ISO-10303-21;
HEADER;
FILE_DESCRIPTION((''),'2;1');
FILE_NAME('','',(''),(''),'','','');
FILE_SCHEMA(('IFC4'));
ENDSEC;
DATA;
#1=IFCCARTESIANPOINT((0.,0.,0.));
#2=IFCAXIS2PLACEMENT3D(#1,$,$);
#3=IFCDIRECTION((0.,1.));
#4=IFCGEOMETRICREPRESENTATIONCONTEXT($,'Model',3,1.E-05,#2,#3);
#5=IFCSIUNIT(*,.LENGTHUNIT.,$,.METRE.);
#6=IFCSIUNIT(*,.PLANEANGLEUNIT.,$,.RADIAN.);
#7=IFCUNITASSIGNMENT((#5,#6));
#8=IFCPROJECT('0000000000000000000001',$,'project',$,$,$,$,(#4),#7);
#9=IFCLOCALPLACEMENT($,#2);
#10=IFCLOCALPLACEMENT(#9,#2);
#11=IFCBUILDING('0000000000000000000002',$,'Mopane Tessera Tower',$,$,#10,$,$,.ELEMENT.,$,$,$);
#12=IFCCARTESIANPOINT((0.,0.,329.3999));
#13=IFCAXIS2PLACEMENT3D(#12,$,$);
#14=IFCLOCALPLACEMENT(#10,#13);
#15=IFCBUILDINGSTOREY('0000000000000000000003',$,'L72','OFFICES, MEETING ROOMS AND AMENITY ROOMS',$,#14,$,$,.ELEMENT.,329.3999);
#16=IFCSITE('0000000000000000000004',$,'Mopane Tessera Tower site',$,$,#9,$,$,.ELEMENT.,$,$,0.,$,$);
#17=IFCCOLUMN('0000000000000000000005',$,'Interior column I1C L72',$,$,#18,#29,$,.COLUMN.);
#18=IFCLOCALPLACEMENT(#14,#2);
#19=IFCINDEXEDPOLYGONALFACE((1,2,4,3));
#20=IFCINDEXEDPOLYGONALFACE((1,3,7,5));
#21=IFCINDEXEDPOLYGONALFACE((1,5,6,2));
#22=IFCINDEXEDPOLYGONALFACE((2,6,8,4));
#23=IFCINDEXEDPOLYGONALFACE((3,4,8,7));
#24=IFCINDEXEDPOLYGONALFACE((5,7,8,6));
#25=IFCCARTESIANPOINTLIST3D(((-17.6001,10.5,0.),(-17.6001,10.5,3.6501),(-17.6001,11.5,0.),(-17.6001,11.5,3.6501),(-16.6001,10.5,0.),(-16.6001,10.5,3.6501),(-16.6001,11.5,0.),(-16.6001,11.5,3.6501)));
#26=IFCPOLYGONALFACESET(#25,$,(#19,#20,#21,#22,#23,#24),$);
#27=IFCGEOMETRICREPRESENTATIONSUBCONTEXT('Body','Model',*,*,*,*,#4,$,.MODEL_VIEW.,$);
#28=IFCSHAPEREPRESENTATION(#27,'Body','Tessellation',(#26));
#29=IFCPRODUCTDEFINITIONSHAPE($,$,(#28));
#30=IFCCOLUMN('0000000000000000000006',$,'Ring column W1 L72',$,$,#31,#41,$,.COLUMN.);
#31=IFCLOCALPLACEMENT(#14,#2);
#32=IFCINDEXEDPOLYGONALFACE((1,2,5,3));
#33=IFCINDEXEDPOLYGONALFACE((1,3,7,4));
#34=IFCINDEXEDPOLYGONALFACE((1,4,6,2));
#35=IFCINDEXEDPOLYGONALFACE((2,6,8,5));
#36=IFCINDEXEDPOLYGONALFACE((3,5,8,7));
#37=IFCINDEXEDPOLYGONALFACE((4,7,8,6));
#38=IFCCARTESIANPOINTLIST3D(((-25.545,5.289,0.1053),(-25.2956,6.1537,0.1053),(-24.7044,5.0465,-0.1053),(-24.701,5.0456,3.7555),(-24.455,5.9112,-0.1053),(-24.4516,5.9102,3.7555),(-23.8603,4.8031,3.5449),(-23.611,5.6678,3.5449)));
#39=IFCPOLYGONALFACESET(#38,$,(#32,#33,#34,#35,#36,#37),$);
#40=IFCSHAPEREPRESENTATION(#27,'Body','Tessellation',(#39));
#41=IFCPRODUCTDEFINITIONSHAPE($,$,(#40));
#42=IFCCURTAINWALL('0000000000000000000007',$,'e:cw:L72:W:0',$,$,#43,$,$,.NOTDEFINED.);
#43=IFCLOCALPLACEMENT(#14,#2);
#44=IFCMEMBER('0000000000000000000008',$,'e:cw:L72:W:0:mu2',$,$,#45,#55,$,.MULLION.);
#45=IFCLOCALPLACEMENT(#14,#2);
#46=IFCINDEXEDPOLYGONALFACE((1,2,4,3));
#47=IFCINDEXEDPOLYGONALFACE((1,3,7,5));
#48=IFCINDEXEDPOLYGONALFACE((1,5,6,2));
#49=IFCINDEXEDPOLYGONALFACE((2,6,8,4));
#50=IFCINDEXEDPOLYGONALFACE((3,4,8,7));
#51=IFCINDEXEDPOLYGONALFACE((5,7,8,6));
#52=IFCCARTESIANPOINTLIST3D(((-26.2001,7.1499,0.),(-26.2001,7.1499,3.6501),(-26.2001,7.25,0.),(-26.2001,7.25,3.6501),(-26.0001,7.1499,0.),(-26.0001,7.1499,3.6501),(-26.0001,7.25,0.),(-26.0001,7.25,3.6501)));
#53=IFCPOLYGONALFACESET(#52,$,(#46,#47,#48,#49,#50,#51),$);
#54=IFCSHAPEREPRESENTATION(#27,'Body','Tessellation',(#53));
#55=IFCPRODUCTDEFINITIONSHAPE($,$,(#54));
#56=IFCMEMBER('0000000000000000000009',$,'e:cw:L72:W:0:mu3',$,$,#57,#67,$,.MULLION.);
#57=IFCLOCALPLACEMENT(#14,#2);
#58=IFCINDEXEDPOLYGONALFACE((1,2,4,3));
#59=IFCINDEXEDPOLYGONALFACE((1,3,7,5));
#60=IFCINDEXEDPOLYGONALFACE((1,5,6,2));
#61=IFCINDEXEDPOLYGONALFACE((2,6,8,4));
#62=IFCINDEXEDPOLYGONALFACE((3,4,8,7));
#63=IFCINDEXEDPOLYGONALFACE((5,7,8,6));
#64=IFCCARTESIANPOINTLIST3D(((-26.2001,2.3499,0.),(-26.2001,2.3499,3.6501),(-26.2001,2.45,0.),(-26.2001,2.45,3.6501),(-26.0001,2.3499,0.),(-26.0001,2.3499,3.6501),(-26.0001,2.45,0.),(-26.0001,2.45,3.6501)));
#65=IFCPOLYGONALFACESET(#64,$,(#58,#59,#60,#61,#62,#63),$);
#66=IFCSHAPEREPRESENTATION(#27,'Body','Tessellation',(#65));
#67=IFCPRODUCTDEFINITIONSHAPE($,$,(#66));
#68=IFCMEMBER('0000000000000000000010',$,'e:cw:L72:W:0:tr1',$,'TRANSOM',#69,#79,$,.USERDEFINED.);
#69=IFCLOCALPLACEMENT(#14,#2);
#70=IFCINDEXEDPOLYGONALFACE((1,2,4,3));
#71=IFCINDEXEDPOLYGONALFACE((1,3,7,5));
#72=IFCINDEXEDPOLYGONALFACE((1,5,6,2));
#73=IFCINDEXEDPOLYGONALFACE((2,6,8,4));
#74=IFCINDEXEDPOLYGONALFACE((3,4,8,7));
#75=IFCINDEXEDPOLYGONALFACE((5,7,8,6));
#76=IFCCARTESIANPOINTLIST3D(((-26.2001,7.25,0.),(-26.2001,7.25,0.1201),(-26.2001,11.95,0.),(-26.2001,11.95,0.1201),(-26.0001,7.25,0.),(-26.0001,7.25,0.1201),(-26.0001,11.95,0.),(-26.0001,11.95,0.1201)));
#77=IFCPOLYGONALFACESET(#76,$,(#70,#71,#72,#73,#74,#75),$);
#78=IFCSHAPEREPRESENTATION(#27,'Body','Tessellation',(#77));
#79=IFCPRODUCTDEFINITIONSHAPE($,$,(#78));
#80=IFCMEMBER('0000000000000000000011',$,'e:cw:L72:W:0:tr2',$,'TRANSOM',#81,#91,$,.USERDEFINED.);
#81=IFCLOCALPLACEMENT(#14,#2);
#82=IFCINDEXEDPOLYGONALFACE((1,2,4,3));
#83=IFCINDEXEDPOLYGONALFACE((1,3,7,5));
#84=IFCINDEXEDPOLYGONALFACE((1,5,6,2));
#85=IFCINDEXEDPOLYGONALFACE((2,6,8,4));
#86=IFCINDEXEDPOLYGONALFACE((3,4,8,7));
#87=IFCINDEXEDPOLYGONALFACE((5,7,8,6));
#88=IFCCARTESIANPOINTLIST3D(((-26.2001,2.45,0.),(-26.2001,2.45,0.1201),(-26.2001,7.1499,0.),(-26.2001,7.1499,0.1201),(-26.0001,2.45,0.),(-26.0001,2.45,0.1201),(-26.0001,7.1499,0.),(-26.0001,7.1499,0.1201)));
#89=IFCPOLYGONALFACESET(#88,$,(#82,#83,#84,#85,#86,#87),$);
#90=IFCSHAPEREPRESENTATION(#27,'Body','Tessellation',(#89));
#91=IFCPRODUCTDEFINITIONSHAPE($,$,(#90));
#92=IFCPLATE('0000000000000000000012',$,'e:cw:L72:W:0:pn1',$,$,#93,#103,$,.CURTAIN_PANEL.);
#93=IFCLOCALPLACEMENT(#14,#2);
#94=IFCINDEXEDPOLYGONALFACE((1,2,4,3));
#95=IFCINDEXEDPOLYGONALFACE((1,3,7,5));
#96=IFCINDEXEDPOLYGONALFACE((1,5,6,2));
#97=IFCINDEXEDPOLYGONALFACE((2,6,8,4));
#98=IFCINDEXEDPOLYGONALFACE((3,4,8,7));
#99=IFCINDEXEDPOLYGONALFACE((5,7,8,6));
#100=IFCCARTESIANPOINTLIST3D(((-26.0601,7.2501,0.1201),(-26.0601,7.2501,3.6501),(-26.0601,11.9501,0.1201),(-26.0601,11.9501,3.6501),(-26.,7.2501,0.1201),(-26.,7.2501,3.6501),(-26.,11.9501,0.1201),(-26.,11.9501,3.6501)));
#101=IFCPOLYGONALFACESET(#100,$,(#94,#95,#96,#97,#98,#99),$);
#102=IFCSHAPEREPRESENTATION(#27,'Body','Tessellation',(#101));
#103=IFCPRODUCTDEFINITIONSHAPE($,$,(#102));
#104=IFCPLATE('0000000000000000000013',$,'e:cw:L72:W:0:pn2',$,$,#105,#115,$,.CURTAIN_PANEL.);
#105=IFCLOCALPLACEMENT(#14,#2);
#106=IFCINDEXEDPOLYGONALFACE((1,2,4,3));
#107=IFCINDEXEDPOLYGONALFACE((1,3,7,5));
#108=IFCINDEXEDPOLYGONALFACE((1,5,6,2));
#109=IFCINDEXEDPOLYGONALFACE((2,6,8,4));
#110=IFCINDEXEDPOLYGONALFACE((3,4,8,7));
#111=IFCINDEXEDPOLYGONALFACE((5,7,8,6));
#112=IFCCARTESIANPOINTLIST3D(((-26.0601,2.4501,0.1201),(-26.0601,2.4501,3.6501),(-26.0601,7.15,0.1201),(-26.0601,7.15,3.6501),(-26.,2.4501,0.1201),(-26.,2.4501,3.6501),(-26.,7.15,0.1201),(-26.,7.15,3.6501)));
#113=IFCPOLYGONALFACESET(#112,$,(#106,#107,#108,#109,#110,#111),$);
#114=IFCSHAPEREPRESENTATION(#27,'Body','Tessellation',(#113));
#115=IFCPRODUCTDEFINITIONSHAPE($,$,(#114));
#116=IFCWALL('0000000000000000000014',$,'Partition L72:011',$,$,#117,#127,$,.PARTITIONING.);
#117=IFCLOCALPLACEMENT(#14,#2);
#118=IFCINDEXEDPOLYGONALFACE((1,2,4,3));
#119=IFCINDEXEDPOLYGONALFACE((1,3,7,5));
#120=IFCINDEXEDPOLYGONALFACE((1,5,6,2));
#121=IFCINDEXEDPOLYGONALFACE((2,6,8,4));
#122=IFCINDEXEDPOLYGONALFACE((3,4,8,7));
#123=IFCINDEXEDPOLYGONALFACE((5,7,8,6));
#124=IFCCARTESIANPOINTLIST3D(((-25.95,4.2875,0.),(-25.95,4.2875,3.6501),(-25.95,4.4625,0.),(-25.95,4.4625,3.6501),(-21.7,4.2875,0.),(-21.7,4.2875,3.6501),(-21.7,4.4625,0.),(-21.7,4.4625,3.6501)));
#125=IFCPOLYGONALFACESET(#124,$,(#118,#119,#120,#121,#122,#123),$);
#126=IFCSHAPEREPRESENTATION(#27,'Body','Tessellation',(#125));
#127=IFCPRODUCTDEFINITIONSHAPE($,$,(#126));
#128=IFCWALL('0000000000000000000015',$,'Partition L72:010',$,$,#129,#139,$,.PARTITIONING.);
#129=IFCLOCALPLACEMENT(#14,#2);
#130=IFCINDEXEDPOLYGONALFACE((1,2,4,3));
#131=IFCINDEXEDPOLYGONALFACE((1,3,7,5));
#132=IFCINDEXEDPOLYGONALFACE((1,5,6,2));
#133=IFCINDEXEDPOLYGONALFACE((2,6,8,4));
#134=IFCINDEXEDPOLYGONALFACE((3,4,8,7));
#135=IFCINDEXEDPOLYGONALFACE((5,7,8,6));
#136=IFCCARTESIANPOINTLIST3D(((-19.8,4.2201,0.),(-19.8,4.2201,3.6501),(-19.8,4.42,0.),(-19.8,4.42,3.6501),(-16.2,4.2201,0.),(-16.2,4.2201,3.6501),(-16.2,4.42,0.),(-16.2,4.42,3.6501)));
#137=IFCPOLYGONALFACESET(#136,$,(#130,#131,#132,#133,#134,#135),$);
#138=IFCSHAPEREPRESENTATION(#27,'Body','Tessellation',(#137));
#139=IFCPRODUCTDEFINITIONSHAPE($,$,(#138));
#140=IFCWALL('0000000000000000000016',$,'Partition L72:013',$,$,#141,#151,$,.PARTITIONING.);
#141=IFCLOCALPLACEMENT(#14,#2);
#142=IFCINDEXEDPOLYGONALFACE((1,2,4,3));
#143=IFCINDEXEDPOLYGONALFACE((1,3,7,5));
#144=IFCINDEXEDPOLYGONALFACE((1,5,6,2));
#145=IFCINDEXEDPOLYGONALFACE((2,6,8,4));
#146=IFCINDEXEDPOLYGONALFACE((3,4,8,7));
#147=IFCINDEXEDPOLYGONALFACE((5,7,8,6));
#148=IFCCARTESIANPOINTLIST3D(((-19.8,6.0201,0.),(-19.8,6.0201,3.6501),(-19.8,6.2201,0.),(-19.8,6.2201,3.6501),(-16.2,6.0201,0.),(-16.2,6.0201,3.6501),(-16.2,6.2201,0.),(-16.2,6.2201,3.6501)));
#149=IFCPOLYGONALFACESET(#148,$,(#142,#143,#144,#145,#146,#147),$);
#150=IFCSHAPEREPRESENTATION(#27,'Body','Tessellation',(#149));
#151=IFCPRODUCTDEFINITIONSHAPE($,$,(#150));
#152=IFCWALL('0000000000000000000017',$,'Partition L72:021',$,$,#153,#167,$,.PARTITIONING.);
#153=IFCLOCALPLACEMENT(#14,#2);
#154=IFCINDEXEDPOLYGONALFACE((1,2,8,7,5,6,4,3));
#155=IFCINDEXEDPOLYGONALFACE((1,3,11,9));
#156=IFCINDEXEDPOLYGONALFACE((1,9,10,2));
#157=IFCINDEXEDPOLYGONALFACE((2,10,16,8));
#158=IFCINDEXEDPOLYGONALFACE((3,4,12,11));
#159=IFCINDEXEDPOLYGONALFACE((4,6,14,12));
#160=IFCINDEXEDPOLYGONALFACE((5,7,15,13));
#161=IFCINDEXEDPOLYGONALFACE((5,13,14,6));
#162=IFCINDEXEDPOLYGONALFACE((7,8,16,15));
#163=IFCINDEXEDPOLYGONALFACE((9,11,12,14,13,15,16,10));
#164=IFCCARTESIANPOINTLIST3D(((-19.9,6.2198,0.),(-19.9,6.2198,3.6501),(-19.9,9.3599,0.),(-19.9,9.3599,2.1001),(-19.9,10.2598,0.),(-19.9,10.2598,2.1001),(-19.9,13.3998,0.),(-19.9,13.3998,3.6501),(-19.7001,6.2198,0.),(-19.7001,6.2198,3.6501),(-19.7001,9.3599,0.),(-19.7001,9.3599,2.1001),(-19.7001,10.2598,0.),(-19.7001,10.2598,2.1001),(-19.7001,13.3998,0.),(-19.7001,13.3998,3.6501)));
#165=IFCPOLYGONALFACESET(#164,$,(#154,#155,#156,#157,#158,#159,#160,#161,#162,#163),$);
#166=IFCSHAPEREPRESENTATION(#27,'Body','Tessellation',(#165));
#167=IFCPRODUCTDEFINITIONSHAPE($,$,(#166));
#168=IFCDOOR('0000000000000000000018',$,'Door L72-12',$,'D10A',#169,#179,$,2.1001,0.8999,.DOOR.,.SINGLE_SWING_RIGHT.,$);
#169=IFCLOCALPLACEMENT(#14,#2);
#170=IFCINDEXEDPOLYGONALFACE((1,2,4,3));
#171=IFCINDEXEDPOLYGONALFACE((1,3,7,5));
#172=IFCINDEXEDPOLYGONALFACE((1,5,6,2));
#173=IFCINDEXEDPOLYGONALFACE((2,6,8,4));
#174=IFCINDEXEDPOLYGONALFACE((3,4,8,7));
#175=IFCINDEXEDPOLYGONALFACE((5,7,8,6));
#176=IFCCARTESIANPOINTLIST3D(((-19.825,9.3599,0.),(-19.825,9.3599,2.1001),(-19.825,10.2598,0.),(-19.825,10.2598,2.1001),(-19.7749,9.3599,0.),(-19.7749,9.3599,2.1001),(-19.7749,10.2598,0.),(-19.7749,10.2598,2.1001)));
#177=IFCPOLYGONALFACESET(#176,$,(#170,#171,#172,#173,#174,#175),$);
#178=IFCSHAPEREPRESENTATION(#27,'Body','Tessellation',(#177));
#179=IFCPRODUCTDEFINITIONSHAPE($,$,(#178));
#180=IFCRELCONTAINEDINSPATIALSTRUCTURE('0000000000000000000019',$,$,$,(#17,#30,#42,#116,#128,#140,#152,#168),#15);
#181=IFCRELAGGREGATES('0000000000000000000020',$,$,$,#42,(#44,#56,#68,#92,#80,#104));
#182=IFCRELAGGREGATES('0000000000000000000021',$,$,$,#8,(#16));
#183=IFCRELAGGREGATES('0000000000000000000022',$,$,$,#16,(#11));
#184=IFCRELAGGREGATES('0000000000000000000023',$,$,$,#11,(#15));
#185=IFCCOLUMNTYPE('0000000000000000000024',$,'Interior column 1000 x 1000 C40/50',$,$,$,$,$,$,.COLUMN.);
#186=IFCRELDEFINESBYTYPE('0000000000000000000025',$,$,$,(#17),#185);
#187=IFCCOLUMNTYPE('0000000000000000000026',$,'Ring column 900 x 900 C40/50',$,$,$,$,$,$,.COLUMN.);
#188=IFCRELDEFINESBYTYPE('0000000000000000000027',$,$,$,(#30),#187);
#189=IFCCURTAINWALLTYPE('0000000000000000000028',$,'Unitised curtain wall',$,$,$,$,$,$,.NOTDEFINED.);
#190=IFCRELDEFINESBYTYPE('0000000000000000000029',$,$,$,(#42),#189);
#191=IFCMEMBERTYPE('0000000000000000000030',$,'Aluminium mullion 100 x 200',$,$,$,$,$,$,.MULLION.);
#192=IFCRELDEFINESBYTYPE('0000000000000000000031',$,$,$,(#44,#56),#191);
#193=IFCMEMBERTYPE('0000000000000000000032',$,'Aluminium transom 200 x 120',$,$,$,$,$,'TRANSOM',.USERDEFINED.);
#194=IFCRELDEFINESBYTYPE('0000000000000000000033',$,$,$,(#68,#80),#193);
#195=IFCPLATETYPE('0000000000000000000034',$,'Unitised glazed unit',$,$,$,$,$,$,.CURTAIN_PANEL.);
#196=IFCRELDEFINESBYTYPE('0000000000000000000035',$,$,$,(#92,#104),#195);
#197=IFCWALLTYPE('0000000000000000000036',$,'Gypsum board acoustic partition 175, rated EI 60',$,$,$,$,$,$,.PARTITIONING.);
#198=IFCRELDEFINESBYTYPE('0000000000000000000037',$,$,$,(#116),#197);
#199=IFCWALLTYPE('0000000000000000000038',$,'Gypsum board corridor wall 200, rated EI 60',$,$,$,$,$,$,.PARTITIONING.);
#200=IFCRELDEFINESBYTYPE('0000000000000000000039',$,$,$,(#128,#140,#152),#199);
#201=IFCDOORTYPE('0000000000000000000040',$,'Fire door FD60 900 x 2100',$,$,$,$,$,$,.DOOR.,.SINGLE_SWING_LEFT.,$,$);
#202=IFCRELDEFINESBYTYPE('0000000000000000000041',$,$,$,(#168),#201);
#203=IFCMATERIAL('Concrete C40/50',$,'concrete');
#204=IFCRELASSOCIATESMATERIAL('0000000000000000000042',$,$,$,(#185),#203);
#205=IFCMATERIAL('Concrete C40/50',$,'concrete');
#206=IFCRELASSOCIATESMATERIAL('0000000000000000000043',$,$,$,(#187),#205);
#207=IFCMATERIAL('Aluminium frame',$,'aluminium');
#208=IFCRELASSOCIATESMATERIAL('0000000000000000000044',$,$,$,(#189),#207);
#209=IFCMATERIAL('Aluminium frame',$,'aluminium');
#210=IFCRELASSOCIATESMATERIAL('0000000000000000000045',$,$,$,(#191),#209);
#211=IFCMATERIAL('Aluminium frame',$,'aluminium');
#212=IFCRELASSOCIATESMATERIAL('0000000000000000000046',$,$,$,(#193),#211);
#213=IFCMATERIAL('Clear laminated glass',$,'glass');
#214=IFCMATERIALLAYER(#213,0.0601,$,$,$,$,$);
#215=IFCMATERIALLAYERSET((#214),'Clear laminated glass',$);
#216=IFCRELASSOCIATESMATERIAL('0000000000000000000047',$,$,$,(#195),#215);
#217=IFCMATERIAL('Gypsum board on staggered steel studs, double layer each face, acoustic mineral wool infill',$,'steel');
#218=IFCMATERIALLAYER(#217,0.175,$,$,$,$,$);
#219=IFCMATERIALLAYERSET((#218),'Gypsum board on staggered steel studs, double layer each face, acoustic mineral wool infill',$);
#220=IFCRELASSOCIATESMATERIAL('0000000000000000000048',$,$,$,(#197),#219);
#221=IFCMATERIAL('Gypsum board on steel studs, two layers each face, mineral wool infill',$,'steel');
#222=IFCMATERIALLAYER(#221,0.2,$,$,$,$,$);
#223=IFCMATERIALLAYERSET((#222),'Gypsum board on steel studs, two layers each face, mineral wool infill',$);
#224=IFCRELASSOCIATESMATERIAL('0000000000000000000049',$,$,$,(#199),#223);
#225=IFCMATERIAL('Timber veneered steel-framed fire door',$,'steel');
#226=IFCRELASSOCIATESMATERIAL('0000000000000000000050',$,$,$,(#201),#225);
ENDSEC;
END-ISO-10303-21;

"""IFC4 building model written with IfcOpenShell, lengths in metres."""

from ifc_helpers import new_model, si_unit, direction, frame, frame_2d, origin, origin_2d, place, context, subcontext, project, spatial, rectangle, extrude, material, layer, layer_set, material_profile, profile_set, type_object, element, fill, aggregate, save


model = new_model("IFC4")

# Units and contexts
model_context = context("Model", 3, precision=1e-05, world=origin(), true_north=direction((0.0, 1.0)))
body_context = subcontext(model_context, "Body", "Model", "MODEL_VIEW")
ifc_project = project(units=[si_unit("LENGTHUNIT", "METRE"), si_unit("PLANEANGLEUNIT", "RADIAN")], contexts=[model_context])

# Site, building, storey
site_placement = place(None, origin())
site = spatial("IfcSite", under=ifc_project, at=site_placement, Name="Mopane Tessera Tower site", CompositionType="ELEMENT", RefElevation=0.0)
building_placement = place(site_placement, origin())
building = spatial("IfcBuilding", under=site, at=building_placement, Name="Mopane Tessera Tower", CompositionType="ELEMENT")
storey_placement = place(building_placement, frame((0.0, 0.0, 329.3999)))
storey = spatial("IfcBuildingStorey", under=building, at=storey_placement, Name="L72", Description="OFFICES, MEETING ROOMS AND AMENITY ROOMS", CompositionType="ELEMENT", Elevation=329.3999)

# Columns
ifc_material_1 = material(Name="Concrete C40/50", Category="concrete")
ifc_material_profile_1 = material_profile(ifc_material_1, rectangle(XDim=1.0, YDim=1.0, at=origin_2d()))
ifc_profile_set_1 = profile_set([ifc_material_profile_1], Name="Concrete C40/50")
column_type_1 = type_object("IfcColumnType", Name="Interior column 1000 x 1000 C40/50", PredefinedType="COLUMN", material=ifc_profile_set_1)
column_1_placement = place(storey_placement, frame((-17.1001, 11.0, 0.0), z_axis=(0.0, 0.0, 1.0), x_axis=(1.0, 0.0, 0.0)))
element("IfcColumn", 1, at=column_1_placement, inside=storey, type_object=column_type_1, Name="Interior column I1C L72", PredefinedType="COLUMN", context=body_context, shape_type="SweptSolid", body=[
    extrude(rectangle(XDim=1.0, YDim=1.0, at=origin_2d()), origin(), (0.0, 0.0, 1.0), 3.6501),
])
ifc_material_2 = material(Name="Concrete C40/50", Category="concrete")
ifc_material_profile_2 = material_profile(ifc_material_2, rectangle(XDim=0.8999, YDim=0.8999, at=origin_2d()))
ifc_profile_set_2 = profile_set([ifc_material_profile_2], Name="Concrete C40/50")
column_type_2 = type_object("IfcColumnType", Name="Ring column 900 x 900 C40/50", PredefinedType="COLUMN", material=ifc_profile_set_2)
column_2_placement = place(storey_placement, frame((-25.0, 5.6001, 0.0), z_axis=(0.224804, -0.064834, 0.972245), x_axis=(0.277106, 0.960839, 0.0)))
element("IfcColumn", 2, at=column_2_placement, inside=storey, type_object=column_type_2, Name="Ring column W1 L72", PredefinedType="COLUMN", context=body_context, shape_type="SweptSolid", body=[
    extrude(rectangle(XDim=0.8999, YDim=0.8999, at=origin_2d()), origin(), (0.0, 0.0, 1.0), 3.7544),
])

# Curtain wall, members, plates
ifc_material_3 = material(Name="Aluminium frame", Category="aluminium")
curtain_wall_type = type_object("IfcCurtainWallType", Name="Unitised curtain wall", PredefinedType="NOTDEFINED", material=ifc_material_3)
curtain_wall_placement = place(storey_placement, origin())
curtain_wall = element("IfcCurtainWall", 3, at=curtain_wall_placement, inside=storey, type_object=curtain_wall_type, Name="e:cw:L72:W:0", PredefinedType="NOTDEFINED")
ifc_material_4 = material(Name="Aluminium frame", Category="aluminium")
ifc_material_profile_3 = material_profile(ifc_material_4, rectangle(XDim=0.1001, YDim=0.2, at=origin_2d()))
ifc_profile_set_3 = profile_set([ifc_material_profile_3], Name="Aluminium frame")
member_type_1 = type_object("IfcMemberType", Name="Aluminium mullion 100 x 200", PredefinedType="MULLION", material=ifc_profile_set_3)
member_1_placement = place(storey_placement, frame((-26.1001, 7.2, 0.0), z_axis=(0.0, 0.0, 1.0), x_axis=(0.0, -1.0, 0.0)))
member_1 = element("IfcMember", 4, at=member_1_placement, type_object=member_type_1, Name="e:cw:L72:W:0:mu2", PredefinedType="MULLION", context=body_context, shape_type="SweptSolid", body=[
    extrude(rectangle(XDim=0.1001, YDim=0.2, at=origin_2d()), origin(), (0.0, 0.0, 1.0), 3.6501),
])
member_2_placement = place(storey_placement, frame((-26.1001, 2.3999, 0.0), z_axis=(0.0, 0.0, 1.0), x_axis=(0.0, -1.0, 0.0)))
member_2 = element("IfcMember", 5, at=member_2_placement, type_object=member_type_1, Name="e:cw:L72:W:0:mu3", PredefinedType="MULLION", context=body_context, shape_type="SweptSolid", body=[
    extrude(rectangle(XDim=0.1001, YDim=0.2, at=origin_2d()), origin(), (0.0, 0.0, 1.0), 3.6501),
])
ifc_material_5 = material(Name="Aluminium frame", Category="aluminium")
ifc_material_profile_4 = material_profile(ifc_material_5, rectangle(XDim=0.2, YDim=0.1201, at=origin_2d()))
ifc_profile_set_4 = profile_set([ifc_material_profile_4], Name="Aluminium frame")
member_type_2 = type_object("IfcMemberType", Name="Aluminium transom 200 x 120", ElementType="TRANSOM", PredefinedType="USERDEFINED", material=ifc_profile_set_4)
member_3_placement = place(storey_placement, frame((-26.1001, 11.95, 0.0601), z_axis=(0.0, -1.0, 0.0), x_axis=(1.0, 0.0, 0.0)))
member_3 = element("IfcMember", 6, at=member_3_placement, type_object=member_type_2, Name="e:cw:L72:W:0:tr1", ObjectType="TRANSOM", PredefinedType="USERDEFINED", context=body_context, shape_type="SweptSolid", body=[
    extrude(rectangle(XDim=0.2, YDim=0.1201, at=origin_2d()), origin(), (0.0, 0.0, 1.0), 4.7),
])
member_4_placement = place(storey_placement, frame((-26.1001, 7.1499, 0.0601), z_axis=(0.0, -1.0, 0.0), x_axis=(1.0, 0.0, 0.0)))
member_4 = element("IfcMember", 7, at=member_4_placement, type_object=member_type_2, Name="e:cw:L72:W:0:tr2", ObjectType="TRANSOM", PredefinedType="USERDEFINED", context=body_context, shape_type="SweptSolid", body=[
    extrude(rectangle(XDim=0.2, YDim=0.1201, at=origin_2d()), origin(), (0.0, 0.0, 1.0), 4.7),
])
ifc_material_6 = material(Name="Clear laminated glass", Category="glass")
ifc_layer_1 = layer(ifc_material_6, 0.0601)
ifc_layer_set_1 = layer_set([ifc_layer_1], Name="Clear laminated glass")
plate_type = type_object("IfcPlateType", Name="Unitised glazed unit", PredefinedType="CURTAIN_PANEL", material=ifc_layer_set_1)
plate_1_placement = place(storey_placement, frame((-26.03, 9.6001, 0.1201), z_axis=(0.0, 0.0, 1.0), x_axis=(0.0, -1.0, 0.0)))
plate_1 = element("IfcPlate", 8, at=plate_1_placement, type_object=plate_type, Name="e:cw:L72:W:0:pn1", PredefinedType="CURTAIN_PANEL", context=body_context, shape_type="SweptSolid", body=[
    extrude(rectangle(XDim=4.7, YDim=0.0601, at=origin_2d()), origin(), (0.0, 0.0, 1.0), 3.53),
])
plate_2_placement = place(storey_placement, frame((-26.03, 4.8, 0.1201), z_axis=(0.0, 0.0, 1.0), x_axis=(0.0, -1.0, 0.0)))
plate_2 = element("IfcPlate", 9, at=plate_2_placement, type_object=plate_type, Name="e:cw:L72:W:0:pn2", PredefinedType="CURTAIN_PANEL", context=body_context, shape_type="SweptSolid", body=[
    extrude(rectangle(XDim=4.7, YDim=0.0601, at=origin_2d()), origin(), (0.0, 0.0, 1.0), 3.53),
])
aggregate(curtain_wall, [member_1, member_2, member_3, plate_1, member_4, plate_2])

# Walls
ifc_material_7 = material(Name="Gypsum board on staggered steel studs, double layer each face, acoustic mineral wool infill", Category="steel")
ifc_layer_2 = layer(ifc_material_7, 0.175)
ifc_layer_set_2 = layer_set([ifc_layer_2], Name="Gypsum board on staggered steel studs, double layer each face, acoustic mineral wool infill")
wall_type_1 = type_object("IfcWallType", Name="Gypsum board acoustic partition 175, rated EI 60", PredefinedType="PARTITIONING", material=ifc_layer_set_2)
wall_1_placement = place(storey_placement, frame((-25.95, 4.375, 0.0), z_axis=(0.0, 0.0, 1.0), x_axis=(1.0, 0.0, 0.0)))
element("IfcWall", 10, at=wall_1_placement, inside=storey, type_object=wall_type_1, Name="Partition L72:011", PredefinedType="PARTITIONING", context=body_context, shape_type="SweptSolid", body=[
    extrude(rectangle(XDim=4.25, YDim=0.175, at=frame_2d((2.125, 0.0))), origin(), (0.0, 0.0, 1.0), 3.6501),
])
ifc_material_8 = material(Name="Gypsum board on steel studs, two layers each face, mineral wool infill", Category="steel")
ifc_layer_3 = layer(ifc_material_8, 0.2)
ifc_layer_set_3 = layer_set([ifc_layer_3], Name="Gypsum board on steel studs, two layers each face, mineral wool infill")
wall_type_2 = type_object("IfcWallType", Name="Gypsum board corridor wall 200, rated EI 60", PredefinedType="PARTITIONING", material=ifc_layer_set_3)
for number, where, z_axis, x_axis, name in (
    (11, (-19.8, 4.3201, 0.0), (0.0, 0.0, 1.0), (1.0, 0.0, 0.0), "Partition L72:010"),
    (12, (-19.8, 6.1201, 0.0), (0.0, 0.0, 1.0), (1.0, 0.0, 0.0), "Partition L72:013"),
):
    element("IfcWall", number, at=place(storey_placement, frame(where, z_axis=z_axis, x_axis=x_axis)), inside=storey, type_object=wall_type_2, Name=name, PredefinedType="PARTITIONING", context=body_context, shape_type="SweptSolid", body=[
        extrude(rectangle(XDim=3.6001, YDim=0.2, at=frame_2d((1.8, 0.0))), origin(), (0.0, 0.0, 1.0), 3.6501),
    ])

# Wall, opening, door
wall_2_placement = place(storey_placement, frame((-19.8, 6.22, 0.0), z_axis=(0.0, 0.0, 1.0), x_axis=(0.0, 1.0, 0.0)))
wall_2 = element("IfcWall", 13, at=wall_2_placement, inside=storey, type_object=wall_type_2, Name="Partition L72:021", PredefinedType="PARTITIONING", context=body_context, shape_type="SweptSolid", body=[
    extrude(rectangle(XDim=7.1799, YDim=0.2, at=frame_2d((3.5898, 0.0))), origin(), (0.0, 0.0, 1.0), 3.6501),
])
opening_1_placement = place(wall_2_placement, frame((3.1399, 0.0, 0.0)))
opening_1 = element("IfcOpeningElement", 14, at=opening_1_placement, cuts=wall_2, PredefinedType="OPENING", context=body_context, shape_type="SweptSolid", body=[
    extrude(rectangle(XDim=0.8999, YDim=2.1001, at=frame_2d((0.45, 1.05))), frame((0.0, 0.1121, 0.0), z_axis=(0.0, -1.0, 0.0), x_axis=(1.0, 0.0, 0.0)), (0.0, 0.0, 1.0), 0.2239),
])
ifc_material_9 = material(Name="Timber veneered steel-framed fire door", Category="steel")
door_type_1 = type_object("IfcDoorType", Name="Fire door FD60 900 x 2100", OperationType="SINGLE_SWING_LEFT", PredefinedType="DOOR", material=ifc_material_9)
door_1_placement = place(opening_1_placement, origin())
door_1 = element("IfcDoor", 15, at=door_1_placement, inside=storey, type_object=door_type_1, Name="Door L72-12", ObjectType="D10A", OperationType="SINGLE_SWING_RIGHT", OverallHeight=2.1001, OverallWidth=0.8999, PredefinedType="DOOR", context=body_context, shape_type="SweptSolid", body=[
    extrude(rectangle(XDim=0.8999, YDim=2.1001, at=frame_2d((0.45, 1.05))), frame((0.0, 0.0249, 0.0), z_axis=(0.0, -1.0, 0.0), x_axis=(1.0, 0.0, 0.0)), (0.0, 0.0, 1.0), 0.05),
])
fill(opening_1, door_1)

save(model, "model.ifc")
